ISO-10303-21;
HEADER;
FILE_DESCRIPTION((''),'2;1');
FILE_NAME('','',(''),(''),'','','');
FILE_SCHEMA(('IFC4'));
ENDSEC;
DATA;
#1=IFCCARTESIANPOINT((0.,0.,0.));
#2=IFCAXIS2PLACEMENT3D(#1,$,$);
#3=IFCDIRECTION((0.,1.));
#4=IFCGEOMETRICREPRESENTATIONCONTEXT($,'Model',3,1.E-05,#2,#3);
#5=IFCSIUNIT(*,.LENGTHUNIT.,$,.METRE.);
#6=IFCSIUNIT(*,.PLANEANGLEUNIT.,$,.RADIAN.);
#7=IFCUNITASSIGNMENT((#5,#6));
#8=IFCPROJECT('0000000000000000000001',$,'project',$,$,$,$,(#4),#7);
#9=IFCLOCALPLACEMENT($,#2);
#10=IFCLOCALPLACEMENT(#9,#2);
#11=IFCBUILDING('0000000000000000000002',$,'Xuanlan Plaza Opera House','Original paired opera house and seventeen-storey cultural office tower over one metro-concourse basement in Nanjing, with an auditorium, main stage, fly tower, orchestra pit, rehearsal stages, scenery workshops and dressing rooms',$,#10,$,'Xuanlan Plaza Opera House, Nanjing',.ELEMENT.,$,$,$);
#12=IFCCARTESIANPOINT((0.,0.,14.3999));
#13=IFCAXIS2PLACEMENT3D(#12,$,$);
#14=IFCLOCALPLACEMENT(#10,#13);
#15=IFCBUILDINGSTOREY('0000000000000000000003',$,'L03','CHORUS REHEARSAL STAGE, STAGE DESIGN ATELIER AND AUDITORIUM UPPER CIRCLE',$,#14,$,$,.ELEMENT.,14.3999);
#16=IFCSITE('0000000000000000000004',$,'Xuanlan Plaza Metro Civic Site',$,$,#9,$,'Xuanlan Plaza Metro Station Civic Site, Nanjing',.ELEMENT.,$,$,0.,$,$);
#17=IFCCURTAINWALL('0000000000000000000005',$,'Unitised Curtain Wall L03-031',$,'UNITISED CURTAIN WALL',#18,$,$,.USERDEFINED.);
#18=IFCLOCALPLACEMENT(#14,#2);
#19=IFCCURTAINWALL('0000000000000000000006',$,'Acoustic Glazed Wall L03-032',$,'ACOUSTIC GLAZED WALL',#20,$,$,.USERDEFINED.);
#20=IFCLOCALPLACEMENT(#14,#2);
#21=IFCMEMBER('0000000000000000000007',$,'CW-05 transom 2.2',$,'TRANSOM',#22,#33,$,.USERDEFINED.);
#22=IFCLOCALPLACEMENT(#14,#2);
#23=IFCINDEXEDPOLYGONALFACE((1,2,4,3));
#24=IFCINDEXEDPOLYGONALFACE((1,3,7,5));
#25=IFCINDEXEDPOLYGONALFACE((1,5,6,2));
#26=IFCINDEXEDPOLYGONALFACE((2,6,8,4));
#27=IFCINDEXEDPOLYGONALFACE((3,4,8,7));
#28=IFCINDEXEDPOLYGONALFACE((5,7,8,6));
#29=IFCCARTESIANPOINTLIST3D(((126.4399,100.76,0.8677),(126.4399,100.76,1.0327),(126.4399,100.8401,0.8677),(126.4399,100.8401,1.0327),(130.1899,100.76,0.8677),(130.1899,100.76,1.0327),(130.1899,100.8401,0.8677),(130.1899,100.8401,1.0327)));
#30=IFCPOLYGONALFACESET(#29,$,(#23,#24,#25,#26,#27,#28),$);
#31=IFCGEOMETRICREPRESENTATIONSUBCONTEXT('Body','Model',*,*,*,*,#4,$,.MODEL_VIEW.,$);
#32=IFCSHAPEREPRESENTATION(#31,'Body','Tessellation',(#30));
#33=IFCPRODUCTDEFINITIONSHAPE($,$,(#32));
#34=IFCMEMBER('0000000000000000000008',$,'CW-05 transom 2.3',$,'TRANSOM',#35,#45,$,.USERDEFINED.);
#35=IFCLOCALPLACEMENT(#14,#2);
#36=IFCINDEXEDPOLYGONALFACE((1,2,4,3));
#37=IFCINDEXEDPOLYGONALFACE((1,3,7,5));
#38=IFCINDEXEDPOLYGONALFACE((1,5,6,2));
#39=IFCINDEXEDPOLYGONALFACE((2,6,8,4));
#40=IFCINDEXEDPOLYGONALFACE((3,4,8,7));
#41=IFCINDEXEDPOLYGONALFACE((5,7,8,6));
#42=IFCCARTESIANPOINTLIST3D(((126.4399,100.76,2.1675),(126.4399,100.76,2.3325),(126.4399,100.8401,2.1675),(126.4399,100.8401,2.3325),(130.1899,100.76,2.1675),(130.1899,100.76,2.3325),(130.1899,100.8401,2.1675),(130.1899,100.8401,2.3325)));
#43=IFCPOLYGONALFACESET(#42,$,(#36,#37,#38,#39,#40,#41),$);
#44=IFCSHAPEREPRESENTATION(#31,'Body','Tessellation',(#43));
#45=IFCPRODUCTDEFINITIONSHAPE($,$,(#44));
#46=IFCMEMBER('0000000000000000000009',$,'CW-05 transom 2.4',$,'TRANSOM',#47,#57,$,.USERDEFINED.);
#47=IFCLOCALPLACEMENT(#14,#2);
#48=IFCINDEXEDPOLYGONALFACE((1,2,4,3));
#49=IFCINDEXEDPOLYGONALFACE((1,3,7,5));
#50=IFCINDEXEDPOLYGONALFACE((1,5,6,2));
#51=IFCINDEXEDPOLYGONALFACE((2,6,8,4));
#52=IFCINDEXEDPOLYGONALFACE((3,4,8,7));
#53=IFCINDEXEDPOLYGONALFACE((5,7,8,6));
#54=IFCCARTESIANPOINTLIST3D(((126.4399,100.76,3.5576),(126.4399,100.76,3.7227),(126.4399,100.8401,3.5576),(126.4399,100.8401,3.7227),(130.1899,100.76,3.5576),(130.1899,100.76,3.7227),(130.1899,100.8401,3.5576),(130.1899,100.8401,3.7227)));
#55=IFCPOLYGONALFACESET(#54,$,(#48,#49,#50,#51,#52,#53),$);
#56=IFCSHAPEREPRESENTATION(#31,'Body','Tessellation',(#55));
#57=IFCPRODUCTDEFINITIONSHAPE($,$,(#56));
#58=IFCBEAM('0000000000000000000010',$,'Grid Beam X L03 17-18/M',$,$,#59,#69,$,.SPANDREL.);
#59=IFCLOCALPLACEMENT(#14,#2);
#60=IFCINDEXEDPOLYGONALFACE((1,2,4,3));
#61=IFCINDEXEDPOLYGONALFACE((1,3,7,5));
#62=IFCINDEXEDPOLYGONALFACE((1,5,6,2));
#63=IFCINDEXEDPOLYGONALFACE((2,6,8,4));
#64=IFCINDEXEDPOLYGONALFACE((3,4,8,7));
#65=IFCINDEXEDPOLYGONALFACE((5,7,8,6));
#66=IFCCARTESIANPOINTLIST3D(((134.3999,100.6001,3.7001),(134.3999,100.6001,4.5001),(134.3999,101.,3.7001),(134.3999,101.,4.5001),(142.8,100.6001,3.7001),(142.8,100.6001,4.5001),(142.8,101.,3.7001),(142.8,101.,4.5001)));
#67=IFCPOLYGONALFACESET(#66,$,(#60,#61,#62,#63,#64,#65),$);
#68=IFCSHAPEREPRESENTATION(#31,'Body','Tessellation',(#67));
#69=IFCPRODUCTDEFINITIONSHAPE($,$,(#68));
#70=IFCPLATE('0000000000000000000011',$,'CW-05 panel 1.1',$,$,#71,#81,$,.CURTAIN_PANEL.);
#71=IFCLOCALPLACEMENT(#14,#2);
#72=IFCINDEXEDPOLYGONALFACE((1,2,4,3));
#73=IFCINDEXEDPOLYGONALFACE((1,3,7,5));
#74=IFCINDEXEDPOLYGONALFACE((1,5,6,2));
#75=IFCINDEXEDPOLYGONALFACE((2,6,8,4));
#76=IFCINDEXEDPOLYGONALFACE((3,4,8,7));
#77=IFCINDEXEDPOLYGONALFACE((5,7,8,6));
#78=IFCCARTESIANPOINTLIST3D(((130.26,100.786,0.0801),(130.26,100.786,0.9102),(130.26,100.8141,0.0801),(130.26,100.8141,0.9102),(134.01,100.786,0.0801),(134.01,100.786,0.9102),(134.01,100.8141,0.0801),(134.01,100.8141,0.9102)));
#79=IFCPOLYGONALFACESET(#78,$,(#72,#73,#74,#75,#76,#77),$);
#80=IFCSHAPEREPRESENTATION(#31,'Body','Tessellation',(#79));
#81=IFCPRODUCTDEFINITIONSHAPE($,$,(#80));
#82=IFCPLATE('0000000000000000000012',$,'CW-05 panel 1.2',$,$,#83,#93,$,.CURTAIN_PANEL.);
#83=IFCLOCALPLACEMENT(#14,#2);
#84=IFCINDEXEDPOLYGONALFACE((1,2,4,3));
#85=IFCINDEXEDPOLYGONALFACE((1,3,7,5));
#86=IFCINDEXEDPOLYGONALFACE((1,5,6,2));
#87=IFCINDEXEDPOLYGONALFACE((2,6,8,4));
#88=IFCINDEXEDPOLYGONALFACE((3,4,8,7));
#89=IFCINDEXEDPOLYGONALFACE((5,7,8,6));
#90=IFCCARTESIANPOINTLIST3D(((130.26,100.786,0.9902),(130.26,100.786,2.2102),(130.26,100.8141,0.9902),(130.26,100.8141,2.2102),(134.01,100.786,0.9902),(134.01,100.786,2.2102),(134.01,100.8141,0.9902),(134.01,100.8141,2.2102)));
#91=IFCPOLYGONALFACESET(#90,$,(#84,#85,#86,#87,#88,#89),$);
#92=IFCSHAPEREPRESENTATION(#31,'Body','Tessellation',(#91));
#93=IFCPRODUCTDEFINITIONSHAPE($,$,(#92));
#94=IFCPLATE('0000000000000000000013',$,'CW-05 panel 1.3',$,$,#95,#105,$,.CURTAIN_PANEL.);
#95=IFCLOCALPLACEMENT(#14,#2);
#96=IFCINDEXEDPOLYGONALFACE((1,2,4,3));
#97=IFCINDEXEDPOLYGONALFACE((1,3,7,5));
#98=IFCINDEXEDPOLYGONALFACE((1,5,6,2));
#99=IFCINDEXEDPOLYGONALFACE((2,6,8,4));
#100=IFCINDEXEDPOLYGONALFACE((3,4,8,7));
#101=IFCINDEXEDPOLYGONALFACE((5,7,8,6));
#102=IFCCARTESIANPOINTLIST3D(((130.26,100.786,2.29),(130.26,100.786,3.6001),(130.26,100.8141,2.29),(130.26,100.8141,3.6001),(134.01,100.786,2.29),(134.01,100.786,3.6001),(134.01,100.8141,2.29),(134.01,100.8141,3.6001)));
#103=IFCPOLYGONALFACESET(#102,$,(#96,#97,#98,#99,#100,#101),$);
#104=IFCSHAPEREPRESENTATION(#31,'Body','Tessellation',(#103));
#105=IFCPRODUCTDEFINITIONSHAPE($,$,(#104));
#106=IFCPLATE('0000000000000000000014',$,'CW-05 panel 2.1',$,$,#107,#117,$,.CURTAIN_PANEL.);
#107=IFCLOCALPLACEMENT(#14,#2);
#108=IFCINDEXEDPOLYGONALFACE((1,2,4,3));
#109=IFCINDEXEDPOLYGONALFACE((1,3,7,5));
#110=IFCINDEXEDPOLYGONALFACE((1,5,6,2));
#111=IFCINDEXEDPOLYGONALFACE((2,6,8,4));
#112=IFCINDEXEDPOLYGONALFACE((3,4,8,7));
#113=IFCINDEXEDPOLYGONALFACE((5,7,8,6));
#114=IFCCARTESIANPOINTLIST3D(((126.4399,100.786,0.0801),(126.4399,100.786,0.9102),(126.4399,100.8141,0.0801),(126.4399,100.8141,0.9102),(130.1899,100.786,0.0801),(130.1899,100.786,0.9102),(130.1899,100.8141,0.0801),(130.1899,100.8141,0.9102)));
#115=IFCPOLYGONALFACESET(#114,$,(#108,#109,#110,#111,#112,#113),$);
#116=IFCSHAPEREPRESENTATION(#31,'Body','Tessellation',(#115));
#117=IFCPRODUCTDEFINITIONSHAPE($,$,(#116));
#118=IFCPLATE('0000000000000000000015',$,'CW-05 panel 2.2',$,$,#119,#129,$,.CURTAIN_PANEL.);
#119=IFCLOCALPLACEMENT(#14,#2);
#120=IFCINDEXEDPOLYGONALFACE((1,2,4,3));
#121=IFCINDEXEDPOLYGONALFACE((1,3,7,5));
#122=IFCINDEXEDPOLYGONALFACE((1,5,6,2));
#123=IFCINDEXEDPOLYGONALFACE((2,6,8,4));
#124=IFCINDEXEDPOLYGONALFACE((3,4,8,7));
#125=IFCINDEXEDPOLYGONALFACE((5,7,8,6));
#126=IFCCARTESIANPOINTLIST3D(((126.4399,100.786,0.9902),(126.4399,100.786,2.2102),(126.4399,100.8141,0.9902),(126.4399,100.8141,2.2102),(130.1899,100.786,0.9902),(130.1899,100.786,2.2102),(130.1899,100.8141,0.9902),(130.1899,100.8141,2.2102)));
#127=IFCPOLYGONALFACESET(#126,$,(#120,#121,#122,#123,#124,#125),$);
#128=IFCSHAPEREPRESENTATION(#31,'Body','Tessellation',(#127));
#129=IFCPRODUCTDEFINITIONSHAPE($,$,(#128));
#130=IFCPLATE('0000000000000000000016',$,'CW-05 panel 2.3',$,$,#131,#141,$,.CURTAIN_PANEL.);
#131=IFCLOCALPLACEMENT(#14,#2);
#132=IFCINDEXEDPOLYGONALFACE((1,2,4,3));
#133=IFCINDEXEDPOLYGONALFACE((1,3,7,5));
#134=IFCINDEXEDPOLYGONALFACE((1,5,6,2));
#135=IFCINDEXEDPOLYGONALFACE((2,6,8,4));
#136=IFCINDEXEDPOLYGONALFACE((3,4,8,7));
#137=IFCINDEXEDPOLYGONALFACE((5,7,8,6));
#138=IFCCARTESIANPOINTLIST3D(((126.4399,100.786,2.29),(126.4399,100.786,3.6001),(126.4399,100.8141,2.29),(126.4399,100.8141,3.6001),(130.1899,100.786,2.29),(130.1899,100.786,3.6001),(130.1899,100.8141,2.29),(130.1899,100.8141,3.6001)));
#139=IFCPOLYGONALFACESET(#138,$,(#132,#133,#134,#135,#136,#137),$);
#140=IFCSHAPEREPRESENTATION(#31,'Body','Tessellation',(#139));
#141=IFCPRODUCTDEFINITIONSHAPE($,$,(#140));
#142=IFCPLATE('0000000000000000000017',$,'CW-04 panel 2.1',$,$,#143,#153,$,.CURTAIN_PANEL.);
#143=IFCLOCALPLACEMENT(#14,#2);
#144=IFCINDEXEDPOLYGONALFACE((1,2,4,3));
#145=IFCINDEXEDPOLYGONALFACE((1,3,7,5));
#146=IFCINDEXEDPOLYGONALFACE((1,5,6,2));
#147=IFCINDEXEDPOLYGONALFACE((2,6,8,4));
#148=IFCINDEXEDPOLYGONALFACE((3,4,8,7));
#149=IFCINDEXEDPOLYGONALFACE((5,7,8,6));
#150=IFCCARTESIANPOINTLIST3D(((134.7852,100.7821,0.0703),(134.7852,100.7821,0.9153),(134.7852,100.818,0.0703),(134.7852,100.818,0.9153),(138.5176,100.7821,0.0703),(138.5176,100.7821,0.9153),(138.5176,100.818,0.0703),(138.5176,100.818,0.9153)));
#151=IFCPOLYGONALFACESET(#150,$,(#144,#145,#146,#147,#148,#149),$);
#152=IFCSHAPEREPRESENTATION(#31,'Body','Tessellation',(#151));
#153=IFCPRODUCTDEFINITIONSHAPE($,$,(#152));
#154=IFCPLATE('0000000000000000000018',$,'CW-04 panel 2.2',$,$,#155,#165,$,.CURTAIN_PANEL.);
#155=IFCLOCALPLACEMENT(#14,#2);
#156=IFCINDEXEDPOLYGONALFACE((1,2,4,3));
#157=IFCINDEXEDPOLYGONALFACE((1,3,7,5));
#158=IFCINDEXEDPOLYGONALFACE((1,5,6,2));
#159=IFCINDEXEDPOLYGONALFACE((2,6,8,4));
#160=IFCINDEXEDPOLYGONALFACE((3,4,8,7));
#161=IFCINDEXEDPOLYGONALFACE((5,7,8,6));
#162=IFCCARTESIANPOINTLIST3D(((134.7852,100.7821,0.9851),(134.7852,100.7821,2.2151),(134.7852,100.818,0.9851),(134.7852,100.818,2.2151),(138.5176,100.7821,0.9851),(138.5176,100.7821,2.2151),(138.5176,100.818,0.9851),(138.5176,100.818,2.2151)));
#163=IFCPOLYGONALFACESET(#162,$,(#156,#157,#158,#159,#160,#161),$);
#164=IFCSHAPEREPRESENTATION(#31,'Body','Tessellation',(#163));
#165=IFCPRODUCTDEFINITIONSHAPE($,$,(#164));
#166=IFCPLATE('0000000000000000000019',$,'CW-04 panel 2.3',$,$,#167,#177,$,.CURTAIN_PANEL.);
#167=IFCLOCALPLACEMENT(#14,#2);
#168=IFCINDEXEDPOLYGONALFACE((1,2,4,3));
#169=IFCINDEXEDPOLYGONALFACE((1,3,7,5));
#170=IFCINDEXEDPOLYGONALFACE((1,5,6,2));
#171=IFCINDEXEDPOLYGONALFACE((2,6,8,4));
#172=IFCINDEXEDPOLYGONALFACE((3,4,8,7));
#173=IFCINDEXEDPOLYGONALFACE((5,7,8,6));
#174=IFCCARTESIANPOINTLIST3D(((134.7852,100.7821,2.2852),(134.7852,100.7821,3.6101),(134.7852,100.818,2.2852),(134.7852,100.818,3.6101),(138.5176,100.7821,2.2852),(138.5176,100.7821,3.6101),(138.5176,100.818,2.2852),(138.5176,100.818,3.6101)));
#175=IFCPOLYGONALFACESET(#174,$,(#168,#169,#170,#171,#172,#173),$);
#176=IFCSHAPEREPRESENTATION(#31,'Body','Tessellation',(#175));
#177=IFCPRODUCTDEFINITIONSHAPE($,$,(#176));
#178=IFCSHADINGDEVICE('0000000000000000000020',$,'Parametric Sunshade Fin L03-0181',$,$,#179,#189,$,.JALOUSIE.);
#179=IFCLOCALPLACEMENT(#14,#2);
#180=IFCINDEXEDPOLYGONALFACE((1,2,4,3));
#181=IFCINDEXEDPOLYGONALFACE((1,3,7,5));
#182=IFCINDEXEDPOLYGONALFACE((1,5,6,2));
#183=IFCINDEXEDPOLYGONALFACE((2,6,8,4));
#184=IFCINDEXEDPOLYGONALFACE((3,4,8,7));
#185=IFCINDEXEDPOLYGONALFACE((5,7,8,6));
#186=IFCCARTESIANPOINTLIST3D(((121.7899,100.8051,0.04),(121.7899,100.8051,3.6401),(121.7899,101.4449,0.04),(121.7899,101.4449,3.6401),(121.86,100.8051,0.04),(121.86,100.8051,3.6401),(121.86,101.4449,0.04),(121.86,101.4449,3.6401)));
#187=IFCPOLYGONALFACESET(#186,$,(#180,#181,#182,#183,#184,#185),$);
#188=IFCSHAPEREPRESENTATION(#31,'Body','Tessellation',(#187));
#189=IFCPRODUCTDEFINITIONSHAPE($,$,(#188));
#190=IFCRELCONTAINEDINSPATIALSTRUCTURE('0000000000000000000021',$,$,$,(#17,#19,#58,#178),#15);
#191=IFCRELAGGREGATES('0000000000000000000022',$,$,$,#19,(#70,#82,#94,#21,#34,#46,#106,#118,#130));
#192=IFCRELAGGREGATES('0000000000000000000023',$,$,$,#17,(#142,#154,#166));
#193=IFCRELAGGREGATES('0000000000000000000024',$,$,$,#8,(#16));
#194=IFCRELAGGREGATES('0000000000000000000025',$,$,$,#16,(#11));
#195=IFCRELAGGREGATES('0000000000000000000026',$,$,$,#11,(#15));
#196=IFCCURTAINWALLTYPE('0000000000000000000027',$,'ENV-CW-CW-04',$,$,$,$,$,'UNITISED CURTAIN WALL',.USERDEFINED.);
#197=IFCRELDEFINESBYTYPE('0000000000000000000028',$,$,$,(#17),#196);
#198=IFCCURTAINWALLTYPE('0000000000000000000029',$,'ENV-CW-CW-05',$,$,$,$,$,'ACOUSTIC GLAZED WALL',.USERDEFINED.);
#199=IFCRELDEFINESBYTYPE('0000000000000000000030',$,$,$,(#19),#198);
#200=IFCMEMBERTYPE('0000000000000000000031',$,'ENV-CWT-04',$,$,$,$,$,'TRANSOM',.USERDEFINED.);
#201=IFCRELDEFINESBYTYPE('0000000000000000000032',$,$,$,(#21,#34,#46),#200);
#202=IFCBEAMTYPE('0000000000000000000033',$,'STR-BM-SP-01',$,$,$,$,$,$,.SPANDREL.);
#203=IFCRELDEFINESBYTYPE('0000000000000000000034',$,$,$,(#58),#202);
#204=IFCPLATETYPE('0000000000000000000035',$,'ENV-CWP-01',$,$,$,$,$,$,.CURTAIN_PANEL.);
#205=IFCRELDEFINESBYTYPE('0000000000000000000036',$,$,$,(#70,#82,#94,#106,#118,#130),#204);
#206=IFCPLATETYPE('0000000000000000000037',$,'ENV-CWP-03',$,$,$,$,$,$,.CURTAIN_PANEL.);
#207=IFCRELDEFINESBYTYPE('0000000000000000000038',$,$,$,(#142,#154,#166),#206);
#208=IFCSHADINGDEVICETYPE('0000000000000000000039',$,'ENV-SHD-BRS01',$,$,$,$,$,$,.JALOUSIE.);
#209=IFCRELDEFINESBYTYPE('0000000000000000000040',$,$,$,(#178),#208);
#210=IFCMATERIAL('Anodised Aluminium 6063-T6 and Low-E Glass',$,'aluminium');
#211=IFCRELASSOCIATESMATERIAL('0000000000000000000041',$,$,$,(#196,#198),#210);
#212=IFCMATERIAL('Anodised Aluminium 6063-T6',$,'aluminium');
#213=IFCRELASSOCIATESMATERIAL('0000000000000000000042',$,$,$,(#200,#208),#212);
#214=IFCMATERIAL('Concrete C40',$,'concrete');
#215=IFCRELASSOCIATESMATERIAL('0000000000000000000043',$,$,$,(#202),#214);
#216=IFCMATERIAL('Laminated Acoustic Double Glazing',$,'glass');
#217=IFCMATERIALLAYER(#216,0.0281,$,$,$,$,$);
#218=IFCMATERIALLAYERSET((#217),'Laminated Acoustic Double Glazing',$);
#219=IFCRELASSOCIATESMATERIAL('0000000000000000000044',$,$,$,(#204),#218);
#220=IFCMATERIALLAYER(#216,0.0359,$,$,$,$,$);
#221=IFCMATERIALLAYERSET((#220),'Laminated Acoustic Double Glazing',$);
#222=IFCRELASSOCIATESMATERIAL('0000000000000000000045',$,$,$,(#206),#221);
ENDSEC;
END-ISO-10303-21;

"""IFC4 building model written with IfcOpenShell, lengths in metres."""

from ifc_helpers import new_model, si_unit, direction, frame, origin, origin_2d, place, context, subcontext, project, spatial, rectangle, extrude, material, layer, layer_set, material_profile, profile_set, type_object, element, aggregate, save


model = new_model("IFC4")

# Units and contexts
model_context = context("Model", 3, precision=1e-05, world=origin(), true_north=direction((0.0, 1.0)))
body_context = subcontext(model_context, "Body", "Model", "MODEL_VIEW")
ifc_project = project(units=[si_unit("LENGTHUNIT", "METRE"), si_unit("PLANEANGLEUNIT", "RADIAN")], contexts=[model_context])

# Site, building, storey
site_placement = place(None, origin())
site = spatial("IfcSite", under=ifc_project, at=site_placement, Name="Xuanlan Plaza Metro Civic Site", LongName="Xuanlan Plaza Metro Station Civic Site, Nanjing", CompositionType="ELEMENT", RefElevation=0.0)
building_placement = place(site_placement, origin())
building = spatial("IfcBuilding", under=site, at=building_placement, Name="Xuanlan Plaza Opera House", Description="Original paired opera house and seventeen-storey cultural office tower over one metro-concourse basement in Nanjing, with an auditorium, main stage, fly tower, orchestra pit, rehearsal stages, scenery workshops and dressing rooms", LongName="Xuanlan Plaza Opera House, Nanjing", CompositionType="ELEMENT")
storey_placement = place(building_placement, frame((0.0, 0.0, 14.3999)))
storey = spatial("IfcBuildingStorey", under=building, at=storey_placement, Name="L03", Description="CHORUS REHEARSAL STAGE, STAGE DESIGN ATELIER AND AUDITORIUM UPPER CIRCLE", CompositionType="ELEMENT", Elevation=14.3999)

# Shared definitions
ifc_material_1 = material(Name="Concrete C40", Category="concrete")

# Curtain walls
ifc_material_2 = material(Name="Anodised Aluminium 6063-T6 and Low-E Glass", Category="aluminium")
curtain_wall_type_1 = type_object("IfcCurtainWallType", Name="ENV-CW-CW-04", ElementType="UNITISED CURTAIN WALL", PredefinedType="USERDEFINED", material=ifc_material_2)
curtain_wall_1_placement = place(storey_placement, origin())
curtain_wall_1 = element("IfcCurtainWall", 1, at=curtain_wall_1_placement, inside=storey, type_object=curtain_wall_type_1, Name="Unitised Curtain Wall L03-031", ObjectType="UNITISED CURTAIN WALL", PredefinedType="USERDEFINED")
ifc_material_3 = material(Name="Anodised Aluminium 6063-T6", Category="aluminium")
curtain_wall_type_2 = type_object("IfcCurtainWallType", Name="ENV-CW-CW-05", ElementType="ACOUSTIC GLAZED WALL", PredefinedType="USERDEFINED", material=ifc_material_2)
curtain_wall_2_placement = place(storey_placement, origin())
curtain_wall_2 = element("IfcCurtainWall", 2, at=curtain_wall_2_placement, inside=storey, type_object=curtain_wall_type_2, Name="Acoustic Glazed Wall L03-032", ObjectType="ACOUSTIC GLAZED WALL", PredefinedType="USERDEFINED")

# Members
ifc_material_profile_1 = material_profile(ifc_material_3, rectangle(XDim=0.0801, YDim=0.165, at=origin_2d()), Name="ALU-T 80x165")
ifc_profile_set_1 = profile_set([ifc_material_profile_1], Name="Anodised Aluminium 6063-T6")
member_type_1 = type_object("IfcMemberType", Name="ENV-CWT-04", ElementType="TRANSOM", PredefinedType="USERDEFINED", material=ifc_profile_set_1)
member_1_placement = place(storey_placement, frame((130.1899, 100.8, 0.9502), z_axis=(-1.0, 0.0, 0.0), x_axis=(0.0, -1.0, 0.0)))
member_1 = element("IfcMember", 3, at=member_1_placement, type_object=member_type_1, Name="CW-05 transom 2.2", ObjectType="TRANSOM", PredefinedType="USERDEFINED", context=body_context, shape_type="SweptSolid", body=[
    extrude(rectangle(XDim=0.0801, YDim=0.165, at=origin_2d()), origin(), (0.0, 0.0, 1.0), 3.75),
])
member_2_placement = place(storey_placement, frame((130.1899, 100.8, 2.25), z_axis=(-1.0, 0.0, 0.0), x_axis=(0.0, -1.0, 0.0)))
member_2 = element("IfcMember", 4, at=member_2_placement, type_object=member_type_1, Name="CW-05 transom 2.3", ObjectType="TRANSOM", PredefinedType="USERDEFINED", context=body_context, shape_type="SweptSolid", body=[
    extrude(rectangle(XDim=0.0801, YDim=0.165, at=origin_2d()), origin(), (0.0, 0.0, 1.0), 3.75),
])
member_3_placement = place(storey_placement, frame((130.1899, 100.8, 3.6401), z_axis=(-1.0, 0.0, 0.0), x_axis=(0.0, -1.0, 0.0)))
member_3 = element("IfcMember", 5, at=member_3_placement, type_object=member_type_1, Name="CW-05 transom 2.4", ObjectType="TRANSOM", PredefinedType="USERDEFINED", context=body_context, shape_type="SweptSolid", body=[
    extrude(rectangle(XDim=0.0801, YDim=0.165, at=origin_2d()), origin(), (0.0, 0.0, 1.0), 3.75),
])

# Beam
ifc_material_profile_2 = material_profile(ifc_material_1, rectangle(XDim=0.3999, YDim=0.8, at=origin_2d()), Name="RC-SPD 400x800")
ifc_profile_set_2 = profile_set([ifc_material_profile_2], Name="Concrete C40")
beam_type = type_object("IfcBeamType", Name="STR-BM-SP-01", PredefinedType="SPANDREL", material=ifc_profile_set_2)
beam_placement = place(storey_placement, frame((134.3999, 100.8, 4.1001), z_axis=(1.0, 0.0, 0.0), x_axis=(0.0, 1.0, 0.0)))
element("IfcBeam", 6, at=beam_placement, inside=storey, type_object=beam_type, Name="Grid Beam X L03 17-18/M", PredefinedType="SPANDREL", context=body_context, shape_type="SweptSolid", body=[
    extrude(rectangle(XDim=0.3999, YDim=0.8, at=origin_2d()), origin(), (0.0, 0.0, 1.0), 8.4001),
])

# Plates
ifc_material_4 = material(Name="Laminated Acoustic Double Glazing", Category="glass")
ifc_layer_1 = layer(ifc_material_4, 0.0281)
ifc_layer_set_1 = layer_set([ifc_layer_1], Name="Laminated Acoustic Double Glazing")
plate_type_1 = type_object("IfcPlateType", Name="ENV-CWP-01", PredefinedType="CURTAIN_PANEL", material=ifc_layer_set_1)
plate_1_placement = place(storey_placement, frame((132.135, 100.8, 0.0801), z_axis=(0.0, 0.0, 1.0), x_axis=(-1.0, 0.0, 0.0)))
plate_1 = element("IfcPlate", 7, at=plate_1_placement, type_object=plate_type_1, Name="CW-05 panel 1.1", PredefinedType="CURTAIN_PANEL", context=body_context, shape_type="SweptSolid", body=[
    extrude(rectangle(XDim=3.75, YDim=0.0281, at=origin_2d()), origin(), (0.0, 0.0, 1.0), 0.8301),
])
plate_2_placement = place(storey_placement, frame((132.135, 100.8, 0.9902), z_axis=(0.0, 0.0, 1.0), x_axis=(-1.0, 0.0, 0.0)))
plate_2 = element("IfcPlate", 8, at=plate_2_placement, type_object=plate_type_1, Name="CW-05 panel 1.2", PredefinedType="CURTAIN_PANEL", context=body_context, shape_type="SweptSolid", body=[
    extrude(rectangle(XDim=3.75, YDim=0.0281, at=origin_2d()), origin(), (0.0, 0.0, 1.0), 1.22),
])
plate_3_placement = place(storey_placement, frame((132.135, 100.8, 2.29), z_axis=(0.0, 0.0, 1.0), x_axis=(-1.0, 0.0, 0.0)))
plate_3 = element("IfcPlate", 9, at=plate_3_placement, type_object=plate_type_1, Name="CW-05 panel 1.3", PredefinedType="CURTAIN_PANEL", context=body_context, shape_type="SweptSolid", body=[
    extrude(rectangle(XDim=3.75, YDim=0.0281, at=origin_2d()), origin(), (0.0, 0.0, 1.0), 1.3101),
])
plate_4_placement = place(storey_placement, frame((128.3149, 100.8, 0.0801), z_axis=(0.0, 0.0, 1.0), x_axis=(-1.0, 0.0, 0.0)))
plate_4 = element("IfcPlate", 10, at=plate_4_placement, type_object=plate_type_1, Name="CW-05 panel 2.1", PredefinedType="CURTAIN_PANEL", context=body_context, shape_type="SweptSolid", body=[
    extrude(rectangle(XDim=3.75, YDim=0.0281, at=origin_2d()), origin(), (0.0, 0.0, 1.0), 0.8301),
])
plate_5_placement = place(storey_placement, frame((128.3149, 100.8, 0.9902), z_axis=(0.0, 0.0, 1.0), x_axis=(-1.0, 0.0, 0.0)))
plate_5 = element("IfcPlate", 11, at=plate_5_placement, type_object=plate_type_1, Name="CW-05 panel 2.2", PredefinedType="CURTAIN_PANEL", context=body_context, shape_type="SweptSolid", body=[
    extrude(rectangle(XDim=3.75, YDim=0.0281, at=origin_2d()), origin(), (0.0, 0.0, 1.0), 1.22),
])
plate_6_placement = place(storey_placement, frame((128.3149, 100.8, 2.29), z_axis=(0.0, 0.0, 1.0), x_axis=(-1.0, 0.0, 0.0)))
plate_6 = element("IfcPlate", 12, at=plate_6_placement, type_object=plate_type_1, Name="CW-05 panel 2.3", PredefinedType="CURTAIN_PANEL", context=body_context, shape_type="SweptSolid", body=[
    extrude(rectangle(XDim=3.75, YDim=0.0281, at=origin_2d()), origin(), (0.0, 0.0, 1.0), 1.3101),
])
aggregate(curtain_wall_2, [plate_1, plate_2, plate_3, member_1, member_2, member_3, plate_4, plate_5, plate_6])
ifc_layer_2 = layer(ifc_material_4, 0.0359)
ifc_layer_set_2 = layer_set([ifc_layer_2], Name="Laminated Acoustic Double Glazing")
plate_type_2 = type_object("IfcPlateType", Name="ENV-CWP-03", PredefinedType="CURTAIN_PANEL", material=ifc_layer_set_2)
plate_7_placement = place(storey_placement, frame((136.6514, 100.8, 0.0703), z_axis=(0.0, 0.0, 1.0), x_axis=(-1.0, 0.0, 0.0)))
plate_7 = element("IfcPlate", 13, at=plate_7_placement, type_object=plate_type_2, Name="CW-04 panel 2.1", PredefinedType="CURTAIN_PANEL", context=body_context, shape_type="SweptSolid", body=[
    extrude(rectangle(XDim=3.7324, YDim=0.0359, at=origin_2d()), origin(), (0.0, 0.0, 1.0), 0.845),
])
plate_8_placement = place(storey_placement, frame((136.6514, 100.8, 0.9851), z_axis=(0.0, 0.0, 1.0), x_axis=(-1.0, 0.0, 0.0)))
plate_8 = element("IfcPlate", 14, at=plate_8_placement, type_object=plate_type_2, Name="CW-04 panel 2.2", PredefinedType="CURTAIN_PANEL", context=body_context, shape_type="SweptSolid", body=[
    extrude(rectangle(XDim=3.7324, YDim=0.0359, at=origin_2d()), origin(), (0.0, 0.0, 1.0), 1.23),
])
plate_9_placement = place(storey_placement, frame((136.6514, 100.8, 2.2852), z_axis=(0.0, 0.0, 1.0), x_axis=(-1.0, 0.0, 0.0)))
plate_9 = element("IfcPlate", 15, at=plate_9_placement, type_object=plate_type_2, Name="CW-04 panel 2.3", PredefinedType="CURTAIN_PANEL", context=body_context, shape_type="SweptSolid", body=[
    extrude(rectangle(XDim=3.7324, YDim=0.0359, at=origin_2d()), origin(), (0.0, 0.0, 1.0), 1.325),
])
aggregate(curtain_wall_1, [plate_7, plate_8, plate_9])

# Shading device
shading_device_type_1 = type_object("IfcShadingDeviceType", Name="ENV-SHD-BRS01", PredefinedType="JALOUSIE", material=ifc_material_3)
shading_device_1_placement = place(storey_placement, frame((121.825, 101.125, 0.04), z_axis=(0.0, 0.0, 1.0), x_axis=(0.0, 1.0, 0.0)))
element("IfcShadingDevice", 16, at=shading_device_1_placement, inside=storey, type_object=shading_device_type_1, Name="Parametric Sunshade Fin L03-0181", PredefinedType="JALOUSIE", context=body_context, shape_type="SweptSolid", body=[
    extrude(rectangle(XDim=0.6399, YDim=0.0701, at=origin_2d()), origin(), (0.0, 0.0, 1.0), 3.6001),
])

save(model, "model.ifc")
